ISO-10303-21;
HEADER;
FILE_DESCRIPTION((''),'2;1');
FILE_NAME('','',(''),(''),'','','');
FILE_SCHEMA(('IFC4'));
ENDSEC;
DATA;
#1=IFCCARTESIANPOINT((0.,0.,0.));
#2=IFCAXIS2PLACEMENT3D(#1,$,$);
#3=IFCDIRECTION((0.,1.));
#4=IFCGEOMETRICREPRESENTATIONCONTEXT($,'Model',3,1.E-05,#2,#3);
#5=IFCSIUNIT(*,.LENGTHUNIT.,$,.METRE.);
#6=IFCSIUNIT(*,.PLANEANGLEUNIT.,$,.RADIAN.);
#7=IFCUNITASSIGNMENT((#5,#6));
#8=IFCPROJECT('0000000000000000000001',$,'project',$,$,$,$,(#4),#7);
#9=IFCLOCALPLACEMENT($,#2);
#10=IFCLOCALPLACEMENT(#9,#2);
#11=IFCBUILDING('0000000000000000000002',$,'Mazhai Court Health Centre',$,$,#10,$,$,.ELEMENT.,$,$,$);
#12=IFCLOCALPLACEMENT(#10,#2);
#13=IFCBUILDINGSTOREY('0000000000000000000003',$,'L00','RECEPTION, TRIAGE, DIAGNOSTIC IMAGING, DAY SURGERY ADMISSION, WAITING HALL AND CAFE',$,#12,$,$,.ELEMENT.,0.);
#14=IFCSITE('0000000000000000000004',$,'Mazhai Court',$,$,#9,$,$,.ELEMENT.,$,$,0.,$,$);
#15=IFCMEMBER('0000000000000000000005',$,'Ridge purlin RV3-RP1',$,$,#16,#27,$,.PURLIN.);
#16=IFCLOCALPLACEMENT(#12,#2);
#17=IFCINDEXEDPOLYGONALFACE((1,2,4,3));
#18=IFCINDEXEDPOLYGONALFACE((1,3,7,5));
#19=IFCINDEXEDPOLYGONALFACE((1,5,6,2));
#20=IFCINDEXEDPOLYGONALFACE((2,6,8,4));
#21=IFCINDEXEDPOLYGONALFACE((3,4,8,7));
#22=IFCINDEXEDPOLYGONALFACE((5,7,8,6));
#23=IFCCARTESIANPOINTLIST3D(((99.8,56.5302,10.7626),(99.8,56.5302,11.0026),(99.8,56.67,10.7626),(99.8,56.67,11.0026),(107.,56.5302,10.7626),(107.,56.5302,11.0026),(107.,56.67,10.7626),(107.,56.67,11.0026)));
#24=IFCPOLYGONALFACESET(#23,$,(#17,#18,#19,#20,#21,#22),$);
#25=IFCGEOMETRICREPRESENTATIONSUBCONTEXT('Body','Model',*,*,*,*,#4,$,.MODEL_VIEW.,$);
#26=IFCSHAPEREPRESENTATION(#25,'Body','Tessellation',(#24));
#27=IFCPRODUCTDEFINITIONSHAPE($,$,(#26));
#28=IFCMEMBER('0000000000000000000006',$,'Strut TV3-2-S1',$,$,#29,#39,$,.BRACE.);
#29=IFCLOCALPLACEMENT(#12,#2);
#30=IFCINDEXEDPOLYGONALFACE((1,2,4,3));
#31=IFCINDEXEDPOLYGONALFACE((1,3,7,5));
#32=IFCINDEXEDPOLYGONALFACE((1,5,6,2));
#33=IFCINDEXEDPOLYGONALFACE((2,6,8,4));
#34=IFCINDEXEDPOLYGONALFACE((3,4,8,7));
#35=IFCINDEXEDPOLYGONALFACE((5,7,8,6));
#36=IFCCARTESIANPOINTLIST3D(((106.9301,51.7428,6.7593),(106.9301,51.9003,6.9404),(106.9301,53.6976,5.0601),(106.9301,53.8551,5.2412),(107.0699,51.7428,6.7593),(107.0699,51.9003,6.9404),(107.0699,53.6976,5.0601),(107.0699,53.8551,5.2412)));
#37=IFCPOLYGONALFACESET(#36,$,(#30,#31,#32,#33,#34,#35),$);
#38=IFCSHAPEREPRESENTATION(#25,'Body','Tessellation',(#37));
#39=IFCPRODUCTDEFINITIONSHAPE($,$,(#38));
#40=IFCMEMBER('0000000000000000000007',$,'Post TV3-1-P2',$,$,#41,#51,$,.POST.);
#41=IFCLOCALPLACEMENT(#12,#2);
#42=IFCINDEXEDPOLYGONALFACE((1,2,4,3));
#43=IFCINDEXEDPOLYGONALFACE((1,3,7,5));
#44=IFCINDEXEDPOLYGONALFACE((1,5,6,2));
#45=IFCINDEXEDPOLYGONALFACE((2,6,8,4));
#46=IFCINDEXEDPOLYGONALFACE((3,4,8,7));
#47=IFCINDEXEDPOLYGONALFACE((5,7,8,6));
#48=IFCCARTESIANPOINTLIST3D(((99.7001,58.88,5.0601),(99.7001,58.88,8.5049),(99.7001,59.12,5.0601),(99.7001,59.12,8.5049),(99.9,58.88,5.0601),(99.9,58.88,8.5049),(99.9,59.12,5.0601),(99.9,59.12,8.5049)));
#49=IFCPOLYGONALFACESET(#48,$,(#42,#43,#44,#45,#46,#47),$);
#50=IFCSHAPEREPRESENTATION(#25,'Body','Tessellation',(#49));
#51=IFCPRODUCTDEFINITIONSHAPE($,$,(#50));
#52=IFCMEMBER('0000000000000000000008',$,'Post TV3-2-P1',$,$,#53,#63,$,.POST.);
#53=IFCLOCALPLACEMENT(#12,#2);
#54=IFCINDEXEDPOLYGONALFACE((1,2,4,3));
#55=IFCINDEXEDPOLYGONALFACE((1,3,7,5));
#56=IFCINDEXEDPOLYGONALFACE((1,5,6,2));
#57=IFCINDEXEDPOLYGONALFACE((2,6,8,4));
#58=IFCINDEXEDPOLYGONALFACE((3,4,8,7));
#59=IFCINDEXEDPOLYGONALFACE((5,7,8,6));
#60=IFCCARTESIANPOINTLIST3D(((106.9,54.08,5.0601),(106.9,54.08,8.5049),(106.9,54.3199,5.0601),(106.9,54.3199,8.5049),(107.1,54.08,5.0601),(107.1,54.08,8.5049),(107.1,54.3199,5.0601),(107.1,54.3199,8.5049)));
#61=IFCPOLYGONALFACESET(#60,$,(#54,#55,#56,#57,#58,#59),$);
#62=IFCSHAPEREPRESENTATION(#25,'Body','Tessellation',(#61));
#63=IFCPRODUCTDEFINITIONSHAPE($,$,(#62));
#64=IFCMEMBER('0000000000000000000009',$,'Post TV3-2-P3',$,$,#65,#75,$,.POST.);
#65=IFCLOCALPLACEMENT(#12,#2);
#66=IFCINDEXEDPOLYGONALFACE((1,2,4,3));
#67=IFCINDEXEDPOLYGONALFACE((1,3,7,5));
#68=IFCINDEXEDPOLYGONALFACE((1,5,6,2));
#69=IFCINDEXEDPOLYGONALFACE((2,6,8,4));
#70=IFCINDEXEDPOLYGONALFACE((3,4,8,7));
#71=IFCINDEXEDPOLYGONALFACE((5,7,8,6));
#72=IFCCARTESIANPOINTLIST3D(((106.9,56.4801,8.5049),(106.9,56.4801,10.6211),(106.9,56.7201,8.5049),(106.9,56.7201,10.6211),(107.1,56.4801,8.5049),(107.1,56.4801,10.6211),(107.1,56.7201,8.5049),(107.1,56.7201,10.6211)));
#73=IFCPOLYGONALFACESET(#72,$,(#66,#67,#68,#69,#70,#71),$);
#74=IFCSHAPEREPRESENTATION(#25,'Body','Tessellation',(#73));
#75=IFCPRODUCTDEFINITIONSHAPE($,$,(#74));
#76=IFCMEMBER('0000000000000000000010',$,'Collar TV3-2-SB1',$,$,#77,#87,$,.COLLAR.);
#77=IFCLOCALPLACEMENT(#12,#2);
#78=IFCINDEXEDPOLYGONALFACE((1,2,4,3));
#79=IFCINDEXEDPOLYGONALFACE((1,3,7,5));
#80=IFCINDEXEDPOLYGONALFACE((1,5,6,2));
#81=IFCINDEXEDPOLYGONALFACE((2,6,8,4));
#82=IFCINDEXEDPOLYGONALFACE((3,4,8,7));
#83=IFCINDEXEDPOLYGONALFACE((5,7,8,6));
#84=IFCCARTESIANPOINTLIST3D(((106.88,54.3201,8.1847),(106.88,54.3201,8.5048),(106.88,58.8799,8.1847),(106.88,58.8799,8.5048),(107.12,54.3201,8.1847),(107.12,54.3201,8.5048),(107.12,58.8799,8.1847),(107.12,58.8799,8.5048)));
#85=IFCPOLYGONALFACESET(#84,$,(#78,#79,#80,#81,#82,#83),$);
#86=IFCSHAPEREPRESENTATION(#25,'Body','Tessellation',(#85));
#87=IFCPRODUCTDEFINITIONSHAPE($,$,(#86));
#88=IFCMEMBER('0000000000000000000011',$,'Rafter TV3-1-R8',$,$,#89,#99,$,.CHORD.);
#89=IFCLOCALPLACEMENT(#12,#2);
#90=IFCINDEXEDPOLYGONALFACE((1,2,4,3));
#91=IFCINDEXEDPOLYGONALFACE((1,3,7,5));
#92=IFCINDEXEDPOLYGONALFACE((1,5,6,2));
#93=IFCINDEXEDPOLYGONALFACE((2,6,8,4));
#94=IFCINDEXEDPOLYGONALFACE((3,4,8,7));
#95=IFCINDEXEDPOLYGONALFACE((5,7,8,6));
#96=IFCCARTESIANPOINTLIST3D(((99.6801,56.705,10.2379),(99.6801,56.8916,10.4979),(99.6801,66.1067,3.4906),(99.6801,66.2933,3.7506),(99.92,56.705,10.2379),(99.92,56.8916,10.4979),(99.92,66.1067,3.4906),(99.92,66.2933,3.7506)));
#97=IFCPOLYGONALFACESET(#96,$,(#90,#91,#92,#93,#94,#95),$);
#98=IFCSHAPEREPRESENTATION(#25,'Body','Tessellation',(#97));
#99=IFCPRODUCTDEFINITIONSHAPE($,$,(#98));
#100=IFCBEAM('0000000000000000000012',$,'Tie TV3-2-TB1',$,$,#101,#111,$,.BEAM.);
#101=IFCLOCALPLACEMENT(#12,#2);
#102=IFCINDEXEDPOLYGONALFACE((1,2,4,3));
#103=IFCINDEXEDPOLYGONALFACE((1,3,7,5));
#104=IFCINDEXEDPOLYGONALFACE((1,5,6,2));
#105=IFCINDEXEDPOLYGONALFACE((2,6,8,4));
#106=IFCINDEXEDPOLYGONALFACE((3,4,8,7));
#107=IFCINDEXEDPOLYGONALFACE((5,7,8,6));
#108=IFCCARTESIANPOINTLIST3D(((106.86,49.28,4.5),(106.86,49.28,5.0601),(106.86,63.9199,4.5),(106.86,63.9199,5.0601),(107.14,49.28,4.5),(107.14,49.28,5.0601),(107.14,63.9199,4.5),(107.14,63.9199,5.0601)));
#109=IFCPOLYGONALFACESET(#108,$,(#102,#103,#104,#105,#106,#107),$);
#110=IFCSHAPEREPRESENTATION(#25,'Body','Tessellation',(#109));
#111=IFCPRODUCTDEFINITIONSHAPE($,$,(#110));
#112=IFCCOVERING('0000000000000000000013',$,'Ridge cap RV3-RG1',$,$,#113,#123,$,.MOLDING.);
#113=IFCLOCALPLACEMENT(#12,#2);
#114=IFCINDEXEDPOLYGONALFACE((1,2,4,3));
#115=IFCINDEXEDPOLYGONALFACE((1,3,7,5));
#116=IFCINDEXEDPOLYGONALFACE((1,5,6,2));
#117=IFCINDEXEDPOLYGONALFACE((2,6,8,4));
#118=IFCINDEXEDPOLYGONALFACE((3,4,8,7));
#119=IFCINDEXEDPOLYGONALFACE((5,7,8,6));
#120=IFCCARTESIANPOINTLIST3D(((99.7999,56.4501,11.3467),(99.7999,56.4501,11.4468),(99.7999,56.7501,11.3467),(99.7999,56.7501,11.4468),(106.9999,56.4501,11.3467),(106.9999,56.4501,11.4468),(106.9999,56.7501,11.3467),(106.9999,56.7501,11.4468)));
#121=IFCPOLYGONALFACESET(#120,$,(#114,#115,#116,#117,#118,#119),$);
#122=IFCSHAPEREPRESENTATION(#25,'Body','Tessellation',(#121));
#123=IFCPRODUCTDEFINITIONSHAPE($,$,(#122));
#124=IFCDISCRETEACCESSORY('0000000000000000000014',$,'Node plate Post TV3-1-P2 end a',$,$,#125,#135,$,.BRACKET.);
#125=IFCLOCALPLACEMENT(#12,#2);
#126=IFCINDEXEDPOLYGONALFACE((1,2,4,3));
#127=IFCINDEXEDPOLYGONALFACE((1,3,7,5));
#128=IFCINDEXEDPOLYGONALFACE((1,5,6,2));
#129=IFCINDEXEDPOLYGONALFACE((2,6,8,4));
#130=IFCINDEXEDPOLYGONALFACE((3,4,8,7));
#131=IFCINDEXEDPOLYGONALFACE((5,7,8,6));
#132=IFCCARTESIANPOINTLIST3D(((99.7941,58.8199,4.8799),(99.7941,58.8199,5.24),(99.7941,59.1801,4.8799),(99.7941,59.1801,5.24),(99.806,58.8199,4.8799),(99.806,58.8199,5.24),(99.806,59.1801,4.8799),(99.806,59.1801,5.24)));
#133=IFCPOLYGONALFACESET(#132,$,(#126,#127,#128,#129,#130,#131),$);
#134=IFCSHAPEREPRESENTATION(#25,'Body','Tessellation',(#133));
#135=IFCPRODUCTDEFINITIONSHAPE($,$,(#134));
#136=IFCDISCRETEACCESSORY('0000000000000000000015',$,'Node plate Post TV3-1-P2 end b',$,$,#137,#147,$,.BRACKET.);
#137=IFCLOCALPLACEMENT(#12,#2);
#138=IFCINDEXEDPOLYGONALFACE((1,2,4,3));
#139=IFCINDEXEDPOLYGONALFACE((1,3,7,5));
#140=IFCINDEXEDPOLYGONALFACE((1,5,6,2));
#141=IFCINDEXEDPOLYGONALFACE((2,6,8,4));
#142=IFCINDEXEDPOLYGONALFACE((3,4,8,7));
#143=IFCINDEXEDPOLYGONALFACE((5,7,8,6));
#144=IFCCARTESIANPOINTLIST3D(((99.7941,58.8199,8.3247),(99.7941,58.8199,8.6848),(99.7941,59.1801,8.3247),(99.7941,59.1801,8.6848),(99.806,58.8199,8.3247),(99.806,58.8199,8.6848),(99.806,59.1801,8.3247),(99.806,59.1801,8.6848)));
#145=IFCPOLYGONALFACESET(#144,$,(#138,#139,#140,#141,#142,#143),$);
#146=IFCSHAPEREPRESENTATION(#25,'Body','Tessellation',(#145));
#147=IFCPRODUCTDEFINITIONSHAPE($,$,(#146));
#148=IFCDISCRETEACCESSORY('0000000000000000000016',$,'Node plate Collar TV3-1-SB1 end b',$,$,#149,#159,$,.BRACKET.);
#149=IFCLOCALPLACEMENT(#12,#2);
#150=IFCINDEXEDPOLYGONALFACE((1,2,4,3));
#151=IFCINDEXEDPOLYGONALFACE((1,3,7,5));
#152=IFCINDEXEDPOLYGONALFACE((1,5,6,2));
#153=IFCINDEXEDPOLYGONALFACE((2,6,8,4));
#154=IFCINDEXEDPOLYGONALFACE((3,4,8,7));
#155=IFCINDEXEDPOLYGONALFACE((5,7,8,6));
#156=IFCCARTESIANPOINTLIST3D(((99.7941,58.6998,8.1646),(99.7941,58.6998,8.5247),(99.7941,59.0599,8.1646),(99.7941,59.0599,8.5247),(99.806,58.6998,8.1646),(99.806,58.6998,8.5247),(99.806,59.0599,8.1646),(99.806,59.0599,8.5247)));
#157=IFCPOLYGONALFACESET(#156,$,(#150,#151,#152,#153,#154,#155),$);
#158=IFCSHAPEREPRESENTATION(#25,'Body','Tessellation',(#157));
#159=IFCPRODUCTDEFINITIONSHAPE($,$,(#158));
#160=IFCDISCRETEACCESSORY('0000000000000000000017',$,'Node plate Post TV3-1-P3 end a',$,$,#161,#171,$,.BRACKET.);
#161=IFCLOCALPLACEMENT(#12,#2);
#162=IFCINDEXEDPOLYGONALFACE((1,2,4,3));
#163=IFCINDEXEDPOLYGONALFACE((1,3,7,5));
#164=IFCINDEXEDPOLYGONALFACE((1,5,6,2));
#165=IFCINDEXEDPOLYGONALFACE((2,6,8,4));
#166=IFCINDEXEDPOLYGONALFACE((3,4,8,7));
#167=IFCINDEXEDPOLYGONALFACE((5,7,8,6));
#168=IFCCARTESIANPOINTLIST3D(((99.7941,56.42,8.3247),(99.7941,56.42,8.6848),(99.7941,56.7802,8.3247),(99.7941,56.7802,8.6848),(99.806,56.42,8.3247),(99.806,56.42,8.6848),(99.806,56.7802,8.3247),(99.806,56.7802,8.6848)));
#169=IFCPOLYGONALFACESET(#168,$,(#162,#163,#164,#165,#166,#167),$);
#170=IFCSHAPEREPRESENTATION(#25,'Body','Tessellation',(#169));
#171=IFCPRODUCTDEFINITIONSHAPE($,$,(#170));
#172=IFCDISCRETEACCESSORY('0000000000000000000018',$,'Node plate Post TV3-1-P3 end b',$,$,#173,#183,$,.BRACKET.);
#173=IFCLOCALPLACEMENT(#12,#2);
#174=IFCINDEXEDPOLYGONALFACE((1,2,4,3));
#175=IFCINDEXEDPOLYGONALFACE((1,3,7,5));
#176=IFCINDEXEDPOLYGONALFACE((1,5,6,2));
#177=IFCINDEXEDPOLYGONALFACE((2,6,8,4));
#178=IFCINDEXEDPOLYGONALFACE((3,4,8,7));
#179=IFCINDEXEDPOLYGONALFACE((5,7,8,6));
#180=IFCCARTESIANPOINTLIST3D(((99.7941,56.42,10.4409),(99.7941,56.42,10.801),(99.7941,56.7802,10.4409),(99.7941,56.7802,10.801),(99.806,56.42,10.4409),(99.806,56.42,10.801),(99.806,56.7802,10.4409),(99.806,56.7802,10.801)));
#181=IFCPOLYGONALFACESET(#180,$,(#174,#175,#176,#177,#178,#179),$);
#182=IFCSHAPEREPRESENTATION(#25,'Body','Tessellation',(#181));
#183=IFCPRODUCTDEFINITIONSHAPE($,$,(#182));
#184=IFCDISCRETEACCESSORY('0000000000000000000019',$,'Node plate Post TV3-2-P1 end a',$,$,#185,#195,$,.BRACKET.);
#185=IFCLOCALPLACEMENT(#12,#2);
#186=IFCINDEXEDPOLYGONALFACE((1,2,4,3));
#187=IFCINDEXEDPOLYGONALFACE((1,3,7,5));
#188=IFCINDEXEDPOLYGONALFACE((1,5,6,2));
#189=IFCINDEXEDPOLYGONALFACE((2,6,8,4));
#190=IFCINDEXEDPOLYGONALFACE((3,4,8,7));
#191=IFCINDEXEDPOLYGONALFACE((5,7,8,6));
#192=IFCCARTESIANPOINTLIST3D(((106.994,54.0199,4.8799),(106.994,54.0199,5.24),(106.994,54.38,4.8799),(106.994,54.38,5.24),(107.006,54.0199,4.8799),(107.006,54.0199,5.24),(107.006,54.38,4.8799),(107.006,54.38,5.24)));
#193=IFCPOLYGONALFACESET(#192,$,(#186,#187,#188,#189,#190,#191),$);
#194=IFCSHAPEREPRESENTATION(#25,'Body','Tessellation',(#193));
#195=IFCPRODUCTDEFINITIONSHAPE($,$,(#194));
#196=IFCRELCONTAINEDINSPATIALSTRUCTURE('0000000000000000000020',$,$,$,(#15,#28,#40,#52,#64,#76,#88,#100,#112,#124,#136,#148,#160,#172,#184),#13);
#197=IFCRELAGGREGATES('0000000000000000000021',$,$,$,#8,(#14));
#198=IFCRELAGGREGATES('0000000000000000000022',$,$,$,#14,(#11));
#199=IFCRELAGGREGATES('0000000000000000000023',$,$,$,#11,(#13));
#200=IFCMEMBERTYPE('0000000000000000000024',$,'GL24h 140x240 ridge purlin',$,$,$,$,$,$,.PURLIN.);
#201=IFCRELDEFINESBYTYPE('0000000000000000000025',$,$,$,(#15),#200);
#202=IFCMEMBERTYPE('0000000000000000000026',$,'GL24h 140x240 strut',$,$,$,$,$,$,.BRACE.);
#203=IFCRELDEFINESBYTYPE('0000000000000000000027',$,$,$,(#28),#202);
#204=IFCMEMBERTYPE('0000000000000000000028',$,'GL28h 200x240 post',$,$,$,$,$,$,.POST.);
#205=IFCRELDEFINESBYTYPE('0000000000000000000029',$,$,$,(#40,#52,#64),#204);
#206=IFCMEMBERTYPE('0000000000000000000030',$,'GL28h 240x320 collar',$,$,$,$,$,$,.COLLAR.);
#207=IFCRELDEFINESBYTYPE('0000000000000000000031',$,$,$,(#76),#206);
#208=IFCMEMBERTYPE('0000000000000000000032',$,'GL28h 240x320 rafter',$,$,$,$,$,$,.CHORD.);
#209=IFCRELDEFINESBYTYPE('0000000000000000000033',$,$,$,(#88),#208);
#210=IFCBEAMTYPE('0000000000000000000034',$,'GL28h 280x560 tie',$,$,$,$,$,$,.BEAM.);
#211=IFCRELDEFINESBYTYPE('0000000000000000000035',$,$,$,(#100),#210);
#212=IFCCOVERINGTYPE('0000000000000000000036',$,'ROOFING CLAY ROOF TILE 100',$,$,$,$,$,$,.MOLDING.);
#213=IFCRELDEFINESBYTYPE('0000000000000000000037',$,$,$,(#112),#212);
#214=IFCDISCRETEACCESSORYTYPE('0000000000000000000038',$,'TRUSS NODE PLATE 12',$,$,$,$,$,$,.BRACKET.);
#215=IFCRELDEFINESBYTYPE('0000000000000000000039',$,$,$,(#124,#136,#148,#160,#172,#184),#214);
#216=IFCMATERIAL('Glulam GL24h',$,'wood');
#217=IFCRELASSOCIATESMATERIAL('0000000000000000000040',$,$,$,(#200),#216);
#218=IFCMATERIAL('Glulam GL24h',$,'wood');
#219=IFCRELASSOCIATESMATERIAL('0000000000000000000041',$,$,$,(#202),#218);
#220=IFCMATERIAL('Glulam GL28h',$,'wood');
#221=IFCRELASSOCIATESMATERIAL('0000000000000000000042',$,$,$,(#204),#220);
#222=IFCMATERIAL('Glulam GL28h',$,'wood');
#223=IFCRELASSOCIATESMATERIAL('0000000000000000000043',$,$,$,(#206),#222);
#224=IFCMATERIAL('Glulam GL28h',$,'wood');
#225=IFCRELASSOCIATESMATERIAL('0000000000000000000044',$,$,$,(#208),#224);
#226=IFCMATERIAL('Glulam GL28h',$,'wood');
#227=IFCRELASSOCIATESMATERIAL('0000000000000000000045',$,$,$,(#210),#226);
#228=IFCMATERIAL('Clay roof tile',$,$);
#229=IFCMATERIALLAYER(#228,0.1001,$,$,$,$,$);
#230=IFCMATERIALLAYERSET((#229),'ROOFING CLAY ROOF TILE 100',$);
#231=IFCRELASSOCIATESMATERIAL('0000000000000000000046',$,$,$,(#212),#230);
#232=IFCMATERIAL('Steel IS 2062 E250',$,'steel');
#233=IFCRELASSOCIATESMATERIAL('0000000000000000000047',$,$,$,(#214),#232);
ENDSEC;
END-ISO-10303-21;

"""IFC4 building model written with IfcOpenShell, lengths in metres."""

from ifc_helpers import new_model, si_unit, direction, frame, origin, origin_2d, place, context, subcontext, project, spatial, rectangle, extrude, material, layer, layer_set, material_profile, profile_set, type_object, element, save


model = new_model("IFC4")

# Units and contexts
model_context = context("Model", 3, precision=1e-05, world=origin(), true_north=direction((0.0, 1.0)))
body_context = subcontext(model_context, "Body", "Model", "MODEL_VIEW")
ifc_project = project(units=[si_unit("LENGTHUNIT", "METRE"), si_unit("PLANEANGLEUNIT", "RADIAN")], contexts=[model_context])

# Site, building, storey
site_placement = place(None, origin())
site = spatial("IfcSite", under=ifc_project, at=site_placement, Name="Mazhai Court", CompositionType="ELEMENT", RefElevation=0.0)
building_placement = place(site_placement, origin())
building = spatial("IfcBuilding", under=site, at=building_placement, Name="Mazhai Court Health Centre", CompositionType="ELEMENT")
storey_placement = place(building_placement, origin())
storey = spatial("IfcBuildingStorey", under=building, at=storey_placement, Name="L00", Description="RECEPTION, TRIAGE, DIAGNOSTIC IMAGING, DAY SURGERY ADMISSION, WAITING HALL AND CAFE", CompositionType="ELEMENT", Elevation=0.0)

# Members
ifc_material_1 = material(Name="Glulam GL24h", Category="wood")
ifc_material_profile_1 = material_profile(ifc_material_1, rectangle(XDim=0.1399, YDim=0.24, at=origin_2d()), Name="GL24h 140x240")
ifc_profile_set_1 = profile_set([ifc_material_profile_1], Name="Glulam GL24h")
member_type_1 = type_object("IfcMemberType", Name="GL24h 140x240 ridge purlin", PredefinedType="PURLIN", material=ifc_profile_set_1)
member_1_placement = place(storey_placement, frame((99.8, 56.6001, 10.8826), z_axis=(1.0, 0.0, 0.0), x_axis=(0.0, 1.0, 0.0)))
element("IfcMember", 1, at=member_1_placement, inside=storey, type_object=member_type_1, Name="Ridge purlin RV3-RP1", PredefinedType="PURLIN", context=body_context, shape_type="SweptSolid", body=[
    extrude(rectangle(XDim=0.1399, YDim=0.24, at=origin_2d()), origin(), (0.0, 0.0, 1.0), 7.2),
])
ifc_material_2 = material(Name="Glulam GL24h", Category="wood")
ifc_material_profile_2 = material_profile(ifc_material_2, rectangle(XDim=0.1399, YDim=0.24, at=origin_2d()), Name="GL24h 140x240")
ifc_profile_set_2 = profile_set([ifc_material_profile_2], Name="Glulam GL24h")
member_type_2 = type_object("IfcMemberType", Name="GL24h 140x240 strut", PredefinedType="BRACE", material=ifc_profile_set_2)
member_2_placement = place(storey_placement, frame((107.0, 53.7764, 5.1506), z_axis=(0.0, -0.754727, 0.656039), x_axis=(1.0, 0.0, 0.0)))
element("IfcMember", 2, at=member_2_placement, inside=storey, type_object=member_type_2, Name="Strut TV3-2-S1", PredefinedType="BRACE", context=body_context, shape_type="SweptSolid", body=[
    extrude(rectangle(XDim=0.1399, YDim=0.24, at=origin_2d()), origin(), (0.0, 0.0, 1.0), 2.5901),
])
ifc_material_3 = material(Name="Glulam GL28h", Category="wood")
ifc_material_profile_3 = material_profile(ifc_material_3, rectangle(XDim=0.2, YDim=0.24, at=origin_2d()), Name="GL28h 200x240")
ifc_profile_set_3 = profile_set([ifc_material_profile_3], Name="Glulam GL28h")
member_type_3 = type_object("IfcMemberType", Name="GL28h 200x240 post", PredefinedType="POST", material=ifc_profile_set_3)
for number, where, z_axis, x_axis, name in (
    (3, (99.8, 59.0, 5.0601), (0.0, 0.0, 1.0), (1.0, 0.0, 0.0), "Post TV3-1-P2"),
    (4, (107.0, 54.2, 5.0601), (0.0, 0.0, 1.0), (1.0, 0.0, 0.0), "Post TV3-2-P1"),
):
    element("IfcMember", number, at=place(storey_placement, frame(where, z_axis=z_axis, x_axis=x_axis)), inside=storey, type_object=member_type_3, Name=name, PredefinedType="POST", context=body_context, shape_type="SweptSolid", body=[
        extrude(rectangle(XDim=0.2, YDim=0.24, at=origin_2d()), origin(), (0.0, 0.0, 1.0), 3.4448),
    ])
member_3_placement = place(storey_placement, frame((107.0, 56.6001, 8.5049), z_axis=(0.0, 0.0, 1.0), x_axis=(1.0, 0.0, 0.0)))
element("IfcMember", 5, at=member_3_placement, inside=storey, type_object=member_type_3, Name="Post TV3-2-P3", PredefinedType="POST", context=body_context, shape_type="SweptSolid", body=[
    extrude(rectangle(XDim=0.2, YDim=0.24, at=origin_2d()), origin(), (0.0, 0.0, 1.0), 2.1162),
])
ifc_material_4 = material(Name="Glulam GL28h", Category="wood")
ifc_material_profile_4 = material_profile(ifc_material_4, rectangle(XDim=0.24, YDim=0.3201, at=origin_2d()), Name="GL28h 240x320")
ifc_profile_set_4 = profile_set([ifc_material_profile_4], Name="Glulam GL28h")
member_type_4 = type_object("IfcMemberType", Name="GL28h 240x320 collar", PredefinedType="COLLAR", material=ifc_profile_set_4)
member_4_placement = place(storey_placement, frame((107.0, 54.3201, 8.3447), z_axis=(0.0, 1.0, 0.0), x_axis=(-1.0, 0.0, 0.0)))
element("IfcMember", 6, at=member_4_placement, inside=storey, type_object=member_type_4, Name="Collar TV3-2-SB1", PredefinedType="COLLAR", context=body_context, shape_type="SweptSolid", body=[
    extrude(rectangle(XDim=0.24, YDim=0.3201, at=origin_2d()), origin(), (0.0, 0.0, 1.0), 4.5598),
])
ifc_material_5 = material(Name="Glulam GL28h", Category="wood")
ifc_material_profile_5 = material_profile(ifc_material_5, rectangle(XDim=0.24, YDim=0.3201, at=origin_2d()), Name="GL28h 240x320")
ifc_profile_set_5 = profile_set([ifc_material_profile_5], Name="Glulam GL28h")
member_type_5 = type_object("IfcMemberType", Name="GL28h 240x320 rafter", PredefinedType="CHORD", material=ifc_profile_set_5)
member_5_placement = place(storey_placement, frame((99.8, 56.7983, 10.3679), z_axis=(0.0, 0.812429, -0.583061), x_axis=(-1.0, 0.0, 0.0)))
element("IfcMember", 7, at=member_5_placement, inside=storey, type_object=member_type_5, Name="Rafter TV3-1-R8", PredefinedType="CHORD", context=body_context, shape_type="SweptSolid", body=[
    extrude(rectangle(XDim=0.24, YDim=0.3201, at=origin_2d()), origin(), (0.0, 0.0, 1.0), 11.5723),
])

# Beam
ifc_material_6 = material(Name="Glulam GL28h", Category="wood")
ifc_material_profile_6 = material_profile(ifc_material_6, rectangle(XDim=0.28, YDim=0.5601, at=origin_2d()), Name="GL28h 280x560")
ifc_profile_set_6 = profile_set([ifc_material_profile_6], Name="Glulam GL28h")
beam_type = type_object("IfcBeamType", Name="GL28h 280x560 tie", PredefinedType="BEAM", material=ifc_profile_set_6)
beam_placement = place(storey_placement, frame((107.0, 49.28, 4.78), z_axis=(0.0, 1.0, 0.0), x_axis=(-1.0, 0.0, 0.0)))
element("IfcBeam", 8, at=beam_placement, inside=storey, type_object=beam_type, Name="Tie TV3-2-TB1", PredefinedType="BEAM", context=body_context, shape_type="SweptSolid", body=[
    extrude(rectangle(XDim=0.28, YDim=0.5601, at=origin_2d()), origin(), (0.0, 0.0, 1.0), 14.6399),
])

# Covering
ifc_material_7 = material(Name="Clay roof tile")
ifc_layer = layer(ifc_material_7, 0.1001)
ifc_layer_set = layer_set([ifc_layer], Name="ROOFING CLAY ROOF TILE 100")
covering_type = type_object("IfcCoveringType", Name="ROOFING CLAY ROOF TILE 100", PredefinedType="MOLDING", material=ifc_layer_set)
covering_placement = place(storey_placement, frame((103.3999, 56.6001, 11.3467), z_axis=(0.0, 0.0, 1.0), x_axis=(1.0, 0.0, 0.0)))
element("IfcCovering", 9, at=covering_placement, inside=storey, type_object=covering_type, Name="Ridge cap RV3-RG1", PredefinedType="MOLDING", context=body_context, shape_type="SweptSolid", body=[
    extrude(rectangle(XDim=7.2, YDim=0.3, at=origin_2d()), origin(), (0.0, 0.0, 1.0), 0.1001),
])

# Discrete accessories
ifc_material_8 = material(Name="Steel IS 2062 E250", Category="steel")
discrete_accessory_type = type_object("IfcDiscreteAccessoryType", Name="TRUSS NODE PLATE 12", PredefinedType="BRACKET", material=ifc_material_8)
for number, where, z_axis, x_axis, name in (
    (10, (99.8, 59.0, 4.8799), (0.0, 0.0, 1.0), (1.0, 0.0, 0.0), "Node plate Post TV3-1-P2 end a"),
    (11, (99.8, 59.0, 8.3247), (0.0, 0.0, 1.0), (1.0, 0.0, 0.0), "Node plate Post TV3-1-P2 end b"),
    (12, (99.8, 58.8799, 8.1646), (0.0, 0.0, 1.0), (1.0, 0.0, 0.0), "Node plate Collar TV3-1-SB1 end b"),
    (13, (99.8, 56.6001, 8.3247), (0.0, 0.0, 1.0), (1.0, 0.0, 0.0), "Node plate Post TV3-1-P3 end a"),
    (14, (99.8, 56.6001, 10.4409), (0.0, 0.0, 1.0), (1.0, 0.0, 0.0), "Node plate Post TV3-1-P3 end b"),
    (15, (107.0, 54.2, 4.8799), (0.0, 0.0, 1.0), (1.0, 0.0, 0.0), "Node plate Post TV3-2-P1 end a"),
):
    element("IfcDiscreteAccessory", number, at=place(storey_placement, frame(where, z_axis=z_axis, x_axis=x_axis)), inside=storey, type_object=discrete_accessory_type, Name=name, PredefinedType="BRACKET", context=body_context, shape_type="SweptSolid", body=[
        extrude(rectangle(XDim=0.012, YDim=0.3601, at=origin_2d()), origin(), (0.0, 0.0, 1.0), 0.3601),
    ])

save(model, "model.ifc")
